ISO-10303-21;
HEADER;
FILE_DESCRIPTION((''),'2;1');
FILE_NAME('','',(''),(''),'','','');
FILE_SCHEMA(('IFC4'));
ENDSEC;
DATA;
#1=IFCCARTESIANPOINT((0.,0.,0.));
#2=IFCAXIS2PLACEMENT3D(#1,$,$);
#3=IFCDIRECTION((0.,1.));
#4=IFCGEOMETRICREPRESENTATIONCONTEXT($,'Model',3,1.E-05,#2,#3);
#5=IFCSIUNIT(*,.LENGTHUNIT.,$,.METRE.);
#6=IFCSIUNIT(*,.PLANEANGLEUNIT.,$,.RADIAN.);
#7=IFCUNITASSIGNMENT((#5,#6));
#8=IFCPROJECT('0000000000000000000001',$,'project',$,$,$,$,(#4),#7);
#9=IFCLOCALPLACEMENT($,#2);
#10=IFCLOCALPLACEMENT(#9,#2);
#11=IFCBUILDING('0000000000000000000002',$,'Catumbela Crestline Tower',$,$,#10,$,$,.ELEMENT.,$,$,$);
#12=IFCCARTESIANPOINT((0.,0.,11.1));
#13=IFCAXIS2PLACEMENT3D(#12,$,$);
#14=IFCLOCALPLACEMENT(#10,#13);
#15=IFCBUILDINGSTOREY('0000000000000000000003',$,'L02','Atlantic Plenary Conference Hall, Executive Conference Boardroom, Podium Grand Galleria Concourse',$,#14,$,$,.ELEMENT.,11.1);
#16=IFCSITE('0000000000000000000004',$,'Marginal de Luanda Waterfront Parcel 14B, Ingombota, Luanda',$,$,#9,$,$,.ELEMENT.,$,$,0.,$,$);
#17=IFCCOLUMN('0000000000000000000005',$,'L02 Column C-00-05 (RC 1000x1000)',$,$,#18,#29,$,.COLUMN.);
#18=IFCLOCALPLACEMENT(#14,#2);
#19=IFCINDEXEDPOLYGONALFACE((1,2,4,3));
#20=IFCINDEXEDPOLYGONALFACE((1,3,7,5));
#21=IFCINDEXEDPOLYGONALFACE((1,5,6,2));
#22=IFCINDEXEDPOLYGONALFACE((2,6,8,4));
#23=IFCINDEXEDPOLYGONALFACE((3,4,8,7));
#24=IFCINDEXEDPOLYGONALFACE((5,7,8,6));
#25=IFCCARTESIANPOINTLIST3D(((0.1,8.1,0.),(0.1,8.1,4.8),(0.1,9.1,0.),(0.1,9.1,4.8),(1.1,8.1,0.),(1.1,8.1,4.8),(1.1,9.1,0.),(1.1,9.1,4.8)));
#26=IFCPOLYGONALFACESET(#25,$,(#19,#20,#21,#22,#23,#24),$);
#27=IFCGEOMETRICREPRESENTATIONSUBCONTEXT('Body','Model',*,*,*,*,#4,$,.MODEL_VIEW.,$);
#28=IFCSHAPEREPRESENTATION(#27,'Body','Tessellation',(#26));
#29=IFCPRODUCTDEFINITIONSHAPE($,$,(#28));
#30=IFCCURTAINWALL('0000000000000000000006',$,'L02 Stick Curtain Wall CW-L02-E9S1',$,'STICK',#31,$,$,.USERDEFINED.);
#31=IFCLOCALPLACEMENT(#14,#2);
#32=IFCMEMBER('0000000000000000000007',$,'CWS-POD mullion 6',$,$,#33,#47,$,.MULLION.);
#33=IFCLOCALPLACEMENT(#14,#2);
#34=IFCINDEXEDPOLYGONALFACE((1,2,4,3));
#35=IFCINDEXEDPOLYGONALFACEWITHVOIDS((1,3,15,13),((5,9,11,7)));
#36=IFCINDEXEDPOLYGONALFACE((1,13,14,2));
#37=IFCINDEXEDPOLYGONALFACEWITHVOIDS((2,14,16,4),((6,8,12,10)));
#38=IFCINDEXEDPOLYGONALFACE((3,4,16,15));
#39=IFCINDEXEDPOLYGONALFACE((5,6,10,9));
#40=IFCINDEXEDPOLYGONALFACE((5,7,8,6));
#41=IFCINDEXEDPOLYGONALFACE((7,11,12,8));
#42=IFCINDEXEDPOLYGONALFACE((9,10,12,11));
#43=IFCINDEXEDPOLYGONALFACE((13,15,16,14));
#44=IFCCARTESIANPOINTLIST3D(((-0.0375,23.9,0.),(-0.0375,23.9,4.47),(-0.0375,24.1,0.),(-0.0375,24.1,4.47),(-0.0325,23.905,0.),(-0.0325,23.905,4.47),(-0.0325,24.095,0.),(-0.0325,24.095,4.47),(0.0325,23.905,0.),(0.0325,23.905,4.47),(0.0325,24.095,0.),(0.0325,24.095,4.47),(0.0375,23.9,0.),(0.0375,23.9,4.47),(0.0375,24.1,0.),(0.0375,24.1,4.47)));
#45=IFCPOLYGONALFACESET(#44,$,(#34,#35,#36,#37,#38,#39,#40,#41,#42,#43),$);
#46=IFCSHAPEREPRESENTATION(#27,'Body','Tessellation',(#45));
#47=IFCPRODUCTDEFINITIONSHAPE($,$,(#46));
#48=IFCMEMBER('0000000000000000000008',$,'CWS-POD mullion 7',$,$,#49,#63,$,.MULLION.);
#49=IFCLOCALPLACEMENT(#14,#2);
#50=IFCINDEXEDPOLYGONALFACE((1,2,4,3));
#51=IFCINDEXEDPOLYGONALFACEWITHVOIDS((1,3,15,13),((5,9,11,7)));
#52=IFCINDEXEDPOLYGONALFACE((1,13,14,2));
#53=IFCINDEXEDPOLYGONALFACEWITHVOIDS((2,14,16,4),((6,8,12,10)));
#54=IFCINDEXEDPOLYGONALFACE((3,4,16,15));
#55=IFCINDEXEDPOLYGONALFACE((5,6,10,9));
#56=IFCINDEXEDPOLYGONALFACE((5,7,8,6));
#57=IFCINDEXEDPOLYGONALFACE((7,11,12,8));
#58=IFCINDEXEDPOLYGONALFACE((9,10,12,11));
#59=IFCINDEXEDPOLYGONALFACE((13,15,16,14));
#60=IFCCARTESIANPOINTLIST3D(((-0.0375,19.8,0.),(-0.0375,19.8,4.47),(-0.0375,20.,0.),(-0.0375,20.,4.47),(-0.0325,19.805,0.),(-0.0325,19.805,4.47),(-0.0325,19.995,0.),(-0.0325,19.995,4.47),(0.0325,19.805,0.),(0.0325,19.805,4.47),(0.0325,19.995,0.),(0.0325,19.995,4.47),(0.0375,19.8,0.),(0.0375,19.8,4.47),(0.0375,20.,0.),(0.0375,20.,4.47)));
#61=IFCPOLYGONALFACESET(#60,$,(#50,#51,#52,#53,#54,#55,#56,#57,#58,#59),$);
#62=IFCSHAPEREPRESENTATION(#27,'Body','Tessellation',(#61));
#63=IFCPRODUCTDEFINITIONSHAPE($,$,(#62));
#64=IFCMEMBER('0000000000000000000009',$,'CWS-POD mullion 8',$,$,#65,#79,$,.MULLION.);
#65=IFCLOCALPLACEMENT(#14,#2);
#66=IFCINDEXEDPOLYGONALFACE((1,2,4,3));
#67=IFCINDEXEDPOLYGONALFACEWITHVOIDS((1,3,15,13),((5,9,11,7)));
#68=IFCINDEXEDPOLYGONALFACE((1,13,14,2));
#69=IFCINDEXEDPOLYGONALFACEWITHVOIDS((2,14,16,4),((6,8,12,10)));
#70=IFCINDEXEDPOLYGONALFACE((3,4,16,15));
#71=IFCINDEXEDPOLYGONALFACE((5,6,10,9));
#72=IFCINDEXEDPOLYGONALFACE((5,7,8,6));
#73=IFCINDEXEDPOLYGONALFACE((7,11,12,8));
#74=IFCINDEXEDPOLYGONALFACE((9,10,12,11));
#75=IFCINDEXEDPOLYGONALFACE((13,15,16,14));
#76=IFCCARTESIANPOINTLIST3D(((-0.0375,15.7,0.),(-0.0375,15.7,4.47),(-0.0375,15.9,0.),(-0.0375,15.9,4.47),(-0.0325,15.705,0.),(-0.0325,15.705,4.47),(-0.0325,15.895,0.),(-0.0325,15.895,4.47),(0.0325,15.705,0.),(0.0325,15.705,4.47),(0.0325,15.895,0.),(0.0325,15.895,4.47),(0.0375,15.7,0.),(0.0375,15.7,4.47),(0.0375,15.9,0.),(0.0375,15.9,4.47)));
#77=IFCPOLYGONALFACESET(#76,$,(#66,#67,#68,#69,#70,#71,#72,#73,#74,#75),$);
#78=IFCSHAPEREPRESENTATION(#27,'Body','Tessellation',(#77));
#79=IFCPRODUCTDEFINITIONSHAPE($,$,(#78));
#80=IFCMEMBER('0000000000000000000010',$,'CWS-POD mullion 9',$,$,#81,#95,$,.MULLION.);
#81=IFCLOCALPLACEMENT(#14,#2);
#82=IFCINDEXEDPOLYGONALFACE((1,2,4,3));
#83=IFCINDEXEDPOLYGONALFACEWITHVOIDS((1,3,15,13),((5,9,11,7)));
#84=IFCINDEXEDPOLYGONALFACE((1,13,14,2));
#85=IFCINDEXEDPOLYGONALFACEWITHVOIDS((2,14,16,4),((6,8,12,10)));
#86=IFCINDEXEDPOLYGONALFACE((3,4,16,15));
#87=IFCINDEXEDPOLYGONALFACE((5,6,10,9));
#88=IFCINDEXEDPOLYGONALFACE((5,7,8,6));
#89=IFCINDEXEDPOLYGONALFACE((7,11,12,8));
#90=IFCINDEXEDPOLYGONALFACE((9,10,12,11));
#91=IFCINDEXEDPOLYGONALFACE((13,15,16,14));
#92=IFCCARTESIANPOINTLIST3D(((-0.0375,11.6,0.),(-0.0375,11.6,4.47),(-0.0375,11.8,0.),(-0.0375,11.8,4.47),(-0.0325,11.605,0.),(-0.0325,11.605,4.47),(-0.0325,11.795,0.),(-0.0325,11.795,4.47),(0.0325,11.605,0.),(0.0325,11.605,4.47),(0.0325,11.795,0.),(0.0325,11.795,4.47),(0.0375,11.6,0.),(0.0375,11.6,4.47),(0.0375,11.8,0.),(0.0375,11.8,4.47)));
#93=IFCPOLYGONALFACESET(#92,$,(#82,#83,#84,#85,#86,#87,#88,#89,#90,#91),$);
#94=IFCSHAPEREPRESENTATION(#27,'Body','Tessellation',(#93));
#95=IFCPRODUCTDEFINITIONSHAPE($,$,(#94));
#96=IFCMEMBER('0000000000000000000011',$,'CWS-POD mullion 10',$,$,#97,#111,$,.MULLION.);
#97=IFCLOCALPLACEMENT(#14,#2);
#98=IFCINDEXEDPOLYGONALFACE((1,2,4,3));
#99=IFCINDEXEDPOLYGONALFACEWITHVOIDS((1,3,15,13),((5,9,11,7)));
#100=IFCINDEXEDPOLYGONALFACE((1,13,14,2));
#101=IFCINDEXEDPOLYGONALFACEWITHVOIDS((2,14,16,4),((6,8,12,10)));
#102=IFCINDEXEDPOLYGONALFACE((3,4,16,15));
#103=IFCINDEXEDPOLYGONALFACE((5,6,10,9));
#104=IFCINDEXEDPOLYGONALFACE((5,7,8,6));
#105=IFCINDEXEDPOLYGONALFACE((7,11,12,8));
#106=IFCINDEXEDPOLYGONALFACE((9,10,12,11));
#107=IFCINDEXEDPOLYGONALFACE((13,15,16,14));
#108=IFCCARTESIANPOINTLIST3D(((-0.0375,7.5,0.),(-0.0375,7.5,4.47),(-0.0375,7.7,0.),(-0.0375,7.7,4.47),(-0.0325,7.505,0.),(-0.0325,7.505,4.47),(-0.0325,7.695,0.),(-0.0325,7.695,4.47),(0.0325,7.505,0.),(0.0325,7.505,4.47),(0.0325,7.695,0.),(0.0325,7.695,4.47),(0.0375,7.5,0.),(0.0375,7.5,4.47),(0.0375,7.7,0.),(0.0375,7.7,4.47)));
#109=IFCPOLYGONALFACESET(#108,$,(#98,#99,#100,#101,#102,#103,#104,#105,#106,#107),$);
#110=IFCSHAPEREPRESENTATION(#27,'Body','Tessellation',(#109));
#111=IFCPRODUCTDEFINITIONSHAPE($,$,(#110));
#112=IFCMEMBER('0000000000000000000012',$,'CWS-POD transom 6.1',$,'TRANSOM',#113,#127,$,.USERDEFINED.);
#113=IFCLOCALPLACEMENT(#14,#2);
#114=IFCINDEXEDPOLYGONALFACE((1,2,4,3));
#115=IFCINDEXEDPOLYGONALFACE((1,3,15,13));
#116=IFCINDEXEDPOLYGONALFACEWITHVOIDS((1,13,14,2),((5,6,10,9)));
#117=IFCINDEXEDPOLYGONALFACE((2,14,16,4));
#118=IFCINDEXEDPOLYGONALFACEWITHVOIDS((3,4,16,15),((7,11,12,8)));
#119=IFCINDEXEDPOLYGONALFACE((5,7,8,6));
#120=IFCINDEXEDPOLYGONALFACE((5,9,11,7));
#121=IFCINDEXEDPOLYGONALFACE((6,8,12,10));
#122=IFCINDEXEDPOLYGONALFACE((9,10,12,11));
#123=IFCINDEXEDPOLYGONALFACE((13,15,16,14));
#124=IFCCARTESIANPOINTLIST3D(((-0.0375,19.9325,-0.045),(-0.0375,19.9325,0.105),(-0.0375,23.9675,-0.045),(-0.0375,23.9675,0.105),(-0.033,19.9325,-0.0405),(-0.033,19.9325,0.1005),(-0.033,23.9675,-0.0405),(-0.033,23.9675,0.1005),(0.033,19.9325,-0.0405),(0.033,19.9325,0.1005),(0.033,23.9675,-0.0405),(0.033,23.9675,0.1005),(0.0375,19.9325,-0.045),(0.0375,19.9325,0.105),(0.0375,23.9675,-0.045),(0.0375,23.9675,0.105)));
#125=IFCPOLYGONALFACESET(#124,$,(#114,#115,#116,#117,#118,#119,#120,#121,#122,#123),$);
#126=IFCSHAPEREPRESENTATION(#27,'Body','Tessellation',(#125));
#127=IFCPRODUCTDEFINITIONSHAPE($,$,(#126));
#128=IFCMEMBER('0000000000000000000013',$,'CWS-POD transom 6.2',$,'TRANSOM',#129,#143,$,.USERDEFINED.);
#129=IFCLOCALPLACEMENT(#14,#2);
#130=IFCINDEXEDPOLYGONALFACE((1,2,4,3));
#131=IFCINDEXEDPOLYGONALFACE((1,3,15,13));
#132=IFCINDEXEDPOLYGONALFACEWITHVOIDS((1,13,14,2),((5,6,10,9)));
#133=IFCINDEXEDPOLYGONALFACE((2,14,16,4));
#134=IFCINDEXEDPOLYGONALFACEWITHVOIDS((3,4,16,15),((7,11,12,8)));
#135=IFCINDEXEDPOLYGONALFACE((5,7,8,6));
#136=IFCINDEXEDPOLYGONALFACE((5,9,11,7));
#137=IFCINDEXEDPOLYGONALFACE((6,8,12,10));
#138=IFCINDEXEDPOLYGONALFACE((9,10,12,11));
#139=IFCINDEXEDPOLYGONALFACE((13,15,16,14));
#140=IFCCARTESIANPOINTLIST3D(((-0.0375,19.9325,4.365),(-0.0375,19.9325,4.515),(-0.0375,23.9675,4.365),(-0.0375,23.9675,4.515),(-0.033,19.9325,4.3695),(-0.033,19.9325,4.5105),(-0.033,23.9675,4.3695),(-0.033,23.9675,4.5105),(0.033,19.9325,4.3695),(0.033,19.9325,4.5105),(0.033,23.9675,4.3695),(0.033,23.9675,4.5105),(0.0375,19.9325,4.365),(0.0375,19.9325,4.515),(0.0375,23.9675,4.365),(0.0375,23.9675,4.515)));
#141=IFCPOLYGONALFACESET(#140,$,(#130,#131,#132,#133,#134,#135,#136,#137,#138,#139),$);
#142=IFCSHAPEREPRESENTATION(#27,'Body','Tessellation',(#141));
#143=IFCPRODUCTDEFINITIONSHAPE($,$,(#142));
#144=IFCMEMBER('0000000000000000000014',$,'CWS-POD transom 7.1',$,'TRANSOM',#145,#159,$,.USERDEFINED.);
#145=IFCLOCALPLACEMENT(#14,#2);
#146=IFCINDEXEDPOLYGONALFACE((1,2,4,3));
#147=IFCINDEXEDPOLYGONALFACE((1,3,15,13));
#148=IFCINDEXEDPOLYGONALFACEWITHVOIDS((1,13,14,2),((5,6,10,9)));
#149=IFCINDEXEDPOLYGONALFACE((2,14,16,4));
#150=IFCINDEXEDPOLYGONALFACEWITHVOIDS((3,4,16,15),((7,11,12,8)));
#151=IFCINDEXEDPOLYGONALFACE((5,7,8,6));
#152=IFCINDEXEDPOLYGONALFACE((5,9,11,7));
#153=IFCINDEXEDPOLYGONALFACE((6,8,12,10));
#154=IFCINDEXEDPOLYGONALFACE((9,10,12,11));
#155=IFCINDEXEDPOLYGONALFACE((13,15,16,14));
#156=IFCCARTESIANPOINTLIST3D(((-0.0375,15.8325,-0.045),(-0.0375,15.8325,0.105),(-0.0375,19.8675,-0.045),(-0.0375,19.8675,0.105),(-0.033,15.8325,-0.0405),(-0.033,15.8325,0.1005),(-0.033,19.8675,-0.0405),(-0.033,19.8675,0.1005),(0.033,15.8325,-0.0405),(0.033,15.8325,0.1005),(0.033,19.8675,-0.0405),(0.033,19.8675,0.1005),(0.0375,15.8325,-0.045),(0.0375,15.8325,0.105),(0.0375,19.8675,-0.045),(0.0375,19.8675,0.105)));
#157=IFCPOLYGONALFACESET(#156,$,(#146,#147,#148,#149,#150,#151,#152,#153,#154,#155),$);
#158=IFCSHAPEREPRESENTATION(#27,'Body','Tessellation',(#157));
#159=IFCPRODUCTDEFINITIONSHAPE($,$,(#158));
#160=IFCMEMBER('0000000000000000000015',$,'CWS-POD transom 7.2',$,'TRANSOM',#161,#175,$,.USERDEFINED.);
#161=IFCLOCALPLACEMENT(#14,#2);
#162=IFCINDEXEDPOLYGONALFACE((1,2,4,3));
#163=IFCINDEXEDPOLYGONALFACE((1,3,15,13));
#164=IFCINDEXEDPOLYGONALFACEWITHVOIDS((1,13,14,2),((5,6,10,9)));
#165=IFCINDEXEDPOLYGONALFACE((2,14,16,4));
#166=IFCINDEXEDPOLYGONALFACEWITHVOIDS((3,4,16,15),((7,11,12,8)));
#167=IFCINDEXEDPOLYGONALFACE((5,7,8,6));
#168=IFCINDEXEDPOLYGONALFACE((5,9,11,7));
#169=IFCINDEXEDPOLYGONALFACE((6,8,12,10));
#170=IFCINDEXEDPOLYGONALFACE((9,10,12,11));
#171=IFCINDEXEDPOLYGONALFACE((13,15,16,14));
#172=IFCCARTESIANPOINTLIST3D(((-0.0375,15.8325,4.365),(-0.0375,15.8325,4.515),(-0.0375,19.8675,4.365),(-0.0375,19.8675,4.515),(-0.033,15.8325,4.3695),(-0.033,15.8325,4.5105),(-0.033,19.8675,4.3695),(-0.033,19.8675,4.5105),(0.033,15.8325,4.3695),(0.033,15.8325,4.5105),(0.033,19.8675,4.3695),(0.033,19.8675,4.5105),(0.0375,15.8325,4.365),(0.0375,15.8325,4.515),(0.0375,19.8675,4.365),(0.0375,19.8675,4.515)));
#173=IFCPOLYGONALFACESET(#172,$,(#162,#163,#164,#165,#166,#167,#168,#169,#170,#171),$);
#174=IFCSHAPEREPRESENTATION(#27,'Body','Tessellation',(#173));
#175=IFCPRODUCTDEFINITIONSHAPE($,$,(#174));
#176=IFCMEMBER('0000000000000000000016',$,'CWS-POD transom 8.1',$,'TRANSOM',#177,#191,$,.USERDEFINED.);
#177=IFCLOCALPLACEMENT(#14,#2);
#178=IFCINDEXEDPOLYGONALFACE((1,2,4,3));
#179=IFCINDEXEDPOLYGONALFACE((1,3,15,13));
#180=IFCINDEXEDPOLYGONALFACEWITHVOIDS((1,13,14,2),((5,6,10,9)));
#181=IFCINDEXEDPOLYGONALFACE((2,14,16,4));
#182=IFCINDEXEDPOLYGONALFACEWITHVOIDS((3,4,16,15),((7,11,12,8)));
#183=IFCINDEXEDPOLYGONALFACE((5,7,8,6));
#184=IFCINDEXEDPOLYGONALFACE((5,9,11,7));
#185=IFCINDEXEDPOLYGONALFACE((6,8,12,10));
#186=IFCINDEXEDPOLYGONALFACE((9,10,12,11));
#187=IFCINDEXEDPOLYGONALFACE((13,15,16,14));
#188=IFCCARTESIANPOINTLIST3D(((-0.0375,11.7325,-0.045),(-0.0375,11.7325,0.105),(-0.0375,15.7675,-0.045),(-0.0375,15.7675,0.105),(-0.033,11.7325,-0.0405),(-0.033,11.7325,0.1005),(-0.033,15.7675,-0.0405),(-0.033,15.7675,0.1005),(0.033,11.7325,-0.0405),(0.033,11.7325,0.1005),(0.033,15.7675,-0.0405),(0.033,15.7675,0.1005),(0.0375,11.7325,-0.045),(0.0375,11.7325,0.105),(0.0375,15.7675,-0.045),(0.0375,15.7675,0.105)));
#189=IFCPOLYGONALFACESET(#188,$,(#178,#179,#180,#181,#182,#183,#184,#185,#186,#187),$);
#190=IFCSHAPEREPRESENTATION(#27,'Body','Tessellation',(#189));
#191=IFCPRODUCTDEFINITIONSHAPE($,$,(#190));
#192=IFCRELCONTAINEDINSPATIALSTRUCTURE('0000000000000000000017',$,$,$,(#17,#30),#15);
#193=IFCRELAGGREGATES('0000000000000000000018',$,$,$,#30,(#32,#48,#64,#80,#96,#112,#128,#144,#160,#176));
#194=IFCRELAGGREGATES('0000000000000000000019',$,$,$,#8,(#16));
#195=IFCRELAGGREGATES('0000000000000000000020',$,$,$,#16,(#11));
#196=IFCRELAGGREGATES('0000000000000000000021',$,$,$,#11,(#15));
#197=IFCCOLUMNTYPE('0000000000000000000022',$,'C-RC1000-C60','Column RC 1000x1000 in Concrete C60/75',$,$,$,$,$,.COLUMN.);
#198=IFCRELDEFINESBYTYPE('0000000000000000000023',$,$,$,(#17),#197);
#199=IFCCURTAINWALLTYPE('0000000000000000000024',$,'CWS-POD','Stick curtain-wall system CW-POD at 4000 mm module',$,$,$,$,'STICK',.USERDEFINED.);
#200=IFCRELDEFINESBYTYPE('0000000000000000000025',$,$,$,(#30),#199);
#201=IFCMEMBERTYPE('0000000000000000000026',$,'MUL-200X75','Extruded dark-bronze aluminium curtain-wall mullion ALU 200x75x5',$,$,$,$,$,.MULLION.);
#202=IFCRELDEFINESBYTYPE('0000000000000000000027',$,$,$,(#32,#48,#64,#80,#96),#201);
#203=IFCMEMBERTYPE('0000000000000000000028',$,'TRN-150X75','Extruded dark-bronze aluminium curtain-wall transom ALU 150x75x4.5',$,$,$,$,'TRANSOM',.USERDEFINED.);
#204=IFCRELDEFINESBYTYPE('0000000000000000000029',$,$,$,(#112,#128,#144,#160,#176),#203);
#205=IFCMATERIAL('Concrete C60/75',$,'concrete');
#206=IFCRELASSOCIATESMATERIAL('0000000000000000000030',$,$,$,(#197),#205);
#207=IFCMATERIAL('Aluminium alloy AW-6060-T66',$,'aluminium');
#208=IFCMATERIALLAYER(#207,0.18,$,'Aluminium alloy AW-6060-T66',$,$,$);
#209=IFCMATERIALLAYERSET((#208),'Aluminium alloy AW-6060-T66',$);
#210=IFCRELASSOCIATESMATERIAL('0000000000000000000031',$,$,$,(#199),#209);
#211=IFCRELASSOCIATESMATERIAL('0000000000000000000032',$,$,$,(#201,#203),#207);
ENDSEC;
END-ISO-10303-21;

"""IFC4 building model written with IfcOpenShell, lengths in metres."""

from ifc_helpers import new_model, si_unit, direction, frame, origin, origin_2d, place, context, subcontext, project, spatial, rectangle, hollow_rectangle, extrude, material, layer, layer_set, material_profile, profile_set, type_object, element, aggregate, save


model = new_model("IFC4")

# Units and contexts
model_context = context("Model", 3, precision=1e-05, world=origin(), true_north=direction((0.0, 1.0)))
body_context = subcontext(model_context, "Body", "Model", "MODEL_VIEW")
ifc_project = project(units=[si_unit("LENGTHUNIT", "METRE"), si_unit("PLANEANGLEUNIT", "RADIAN")], contexts=[model_context])

# Site, building, storey
site_placement = place(None, origin())
site = spatial("IfcSite", under=ifc_project, at=site_placement, Name="Marginal de Luanda Waterfront Parcel 14B, Ingombota, Luanda", CompositionType="ELEMENT", RefElevation=0.0)
building_placement = place(site_placement, origin())
building = spatial("IfcBuilding", under=site, at=building_placement, Name="Catumbela Crestline Tower", CompositionType="ELEMENT")
storey_placement = place(building_placement, frame((0.0, 0.0, 11.1)))
storey = spatial("IfcBuildingStorey", under=building, at=storey_placement, Name="L02", Description="Atlantic Plenary Conference Hall, Executive Conference Boardroom, Podium Grand Galleria Concourse", CompositionType="ELEMENT", Elevation=11.1)

# Column
ifc_material_1 = material(Name="Concrete C60/75", Category="concrete")
ifc_material_profile_1 = material_profile(ifc_material_1, rectangle(XDim=1.0, YDim=1.0, at=origin_2d()), Name="RC 1000x1000")
ifc_profile_set_1 = profile_set([ifc_material_profile_1], Name="Concrete C60/75")
column_type = type_object("IfcColumnType", Name="C-RC1000-C60", Description="Column RC 1000x1000 in Concrete C60/75", PredefinedType="COLUMN", material=ifc_profile_set_1)
column_placement = place(storey_placement, frame((0.6, 8.6, 0.0), z_axis=(0.0, 0.0, 1.0), x_axis=(1.0, 0.0, 0.0)))
element("IfcColumn", 1, at=column_placement, inside=storey, type_object=column_type, Name="L02 Column C-00-05 (RC 1000x1000)", PredefinedType="COLUMN", context=body_context, shape_type="SweptSolid", body=[
    extrude(rectangle(XDim=1.0, YDim=1.0, at=origin_2d()), origin(), (0.0, 0.0, 1.0), 4.8),
])

# Curtain wall, members
ifc_material_2 = material(Name="Aluminium alloy AW-6060-T66", Category="aluminium")
ifc_layer_1 = layer(ifc_material_2, 0.18, Name="Aluminium alloy AW-6060-T66")
ifc_layer_set_1 = layer_set([ifc_layer_1], Name="Aluminium alloy AW-6060-T66")
curtain_wall_type = type_object("IfcCurtainWallType", Name="CWS-POD", Description="Stick curtain-wall system CW-POD at 4000 mm module", ElementType="STICK", PredefinedType="USERDEFINED", material=ifc_layer_set_1)
curtain_wall_placement = place(storey_placement, origin())
curtain_wall = element("IfcCurtainWall", 2, at=curtain_wall_placement, inside=storey, type_object=curtain_wall_type, Name="L02 Stick Curtain Wall CW-L02-E9S1", ObjectType="STICK", PredefinedType="USERDEFINED")
ifc_material_profile_2 = material_profile(ifc_material_2, hollow_rectangle(XDim=0.075, YDim=0.2, WallThickness=0.005, at=origin_2d()), Name="ALU 200x75x5")
ifc_profile_set_2 = profile_set([ifc_material_profile_2], Name="Aluminium alloy AW-6060-T66")
member_type_1 = type_object("IfcMemberType", Name="MUL-200X75", Description="Extruded dark-bronze aluminium curtain-wall mullion ALU 200x75x5", PredefinedType="MULLION", material=ifc_profile_set_2)
member_1_placement = place(storey_placement, frame((0.0, 24.0, 0.0), z_axis=(0.0, 0.0, 1.0), x_axis=(1.0, 0.0, 0.0)))
member_1 = element("IfcMember", 3, at=member_1_placement, type_object=member_type_1, Name="CWS-POD mullion 6", PredefinedType="MULLION", context=body_context, shape_type="SweptSolid", body=[
    extrude(hollow_rectangle(XDim=0.075, YDim=0.2, WallThickness=0.005, at=origin_2d()), origin(), (0.0, 0.0, 1.0), 4.47),
])
member_2_placement = place(storey_placement, frame((0.0, 19.9, 0.0), z_axis=(0.0, 0.0, 1.0), x_axis=(1.0, 0.0, 0.0)))
member_2 = element("IfcMember", 4, at=member_2_placement, type_object=member_type_1, Name="CWS-POD mullion 7", PredefinedType="MULLION", context=body_context, shape_type="SweptSolid", body=[
    extrude(hollow_rectangle(XDim=0.075, YDim=0.2, WallThickness=0.005, at=origin_2d()), origin(), (0.0, 0.0, 1.0), 4.47),
])
member_3_placement = place(storey_placement, frame((0.0, 15.8, 0.0), z_axis=(0.0, 0.0, 1.0), x_axis=(1.0, 0.0, 0.0)))
member_3 = element("IfcMember", 5, at=member_3_placement, type_object=member_type_1, Name="CWS-POD mullion 8", PredefinedType="MULLION", context=body_context, shape_type="SweptSolid", body=[
    extrude(hollow_rectangle(XDim=0.075, YDim=0.2, WallThickness=0.005, at=origin_2d()), origin(), (0.0, 0.0, 1.0), 4.47),
])
member_4_placement = place(storey_placement, frame((0.0, 11.7, 0.0), z_axis=(0.0, 0.0, 1.0), x_axis=(1.0, 0.0, 0.0)))
member_4 = element("IfcMember", 6, at=member_4_placement, type_object=member_type_1, Name="CWS-POD mullion 9", PredefinedType="MULLION", context=body_context, shape_type="SweptSolid", body=[
    extrude(hollow_rectangle(XDim=0.075, YDim=0.2, WallThickness=0.005, at=origin_2d()), origin(), (0.0, 0.0, 1.0), 4.47),
])
member_5_placement = place(storey_placement, frame((0.0, 7.6, 0.0), z_axis=(0.0, 0.0, 1.0), x_axis=(1.0, 0.0, 0.0)))
member_5 = element("IfcMember", 7, at=member_5_placement, type_object=member_type_1, Name="CWS-POD mullion 10", PredefinedType="MULLION", context=body_context, shape_type="SweptSolid", body=[
    extrude(hollow_rectangle(XDim=0.075, YDim=0.2, WallThickness=0.005, at=origin_2d()), origin(), (0.0, 0.0, 1.0), 4.47),
])
ifc_material_profile_3 = material_profile(ifc_material_2, hollow_rectangle(XDim=0.075, YDim=0.15, WallThickness=0.0045, at=origin_2d()), Name="ALU 150x75x4.5")
ifc_profile_set_3 = profile_set([ifc_material_profile_3], Name="Aluminium alloy AW-6060-T66")
member_type_2 = type_object("IfcMemberType", Name="TRN-150X75", Description="Extruded dark-bronze aluminium curtain-wall transom ALU 150x75x4.5", ElementType="TRANSOM", PredefinedType="USERDEFINED", material=ifc_profile_set_3)
member_6_placement = place(storey_placement, frame((0.0, 23.9675, 0.03), z_axis=(0.0, -1.0, 0.0), x_axis=(1.0, 0.0, 0.0)))
member_6 = element("IfcMember", 8, at=member_6_placement, type_object=member_type_2, Name="CWS-POD transom 6.1", ObjectType="TRANSOM", PredefinedType="USERDEFINED", context=body_context, shape_type="SweptSolid", body=[
    extrude(hollow_rectangle(XDim=0.075, YDim=0.15, WallThickness=0.0045, at=origin_2d()), origin(), (0.0, 0.0, 1.0), 4.035),
])
member_7_placement = place(storey_placement, frame((0.0, 23.9675, 4.44), z_axis=(0.0, -1.0, 0.0), x_axis=(1.0, 0.0, 0.0)))
member_7 = element("IfcMember", 9, at=member_7_placement, type_object=member_type_2, Name="CWS-POD transom 6.2", ObjectType="TRANSOM", PredefinedType="USERDEFINED", context=body_context, shape_type="SweptSolid", body=[
    extrude(hollow_rectangle(XDim=0.075, YDim=0.15, WallThickness=0.0045, at=origin_2d()), origin(), (0.0, 0.0, 1.0), 4.035),
])
member_8_placement = place(storey_placement, frame((0.0, 19.8675, 0.03), z_axis=(0.0, -1.0, 0.0), x_axis=(1.0, 0.0, 0.0)))
member_8 = element("IfcMember", 10, at=member_8_placement, type_object=member_type_2, Name="CWS-POD transom 7.1", ObjectType="TRANSOM", PredefinedType="USERDEFINED", context=body_context, shape_type="SweptSolid", body=[
    extrude(hollow_rectangle(XDim=0.075, YDim=0.15, WallThickness=0.0045, at=origin_2d()), origin(), (0.0, 0.0, 1.0), 4.035),
])
member_9_placement = place(storey_placement, frame((0.0, 19.8675, 4.44), z_axis=(0.0, -1.0, 0.0), x_axis=(1.0, 0.0, 0.0)))
member_9 = element("IfcMember", 11, at=member_9_placement, type_object=member_type_2, Name="CWS-POD transom 7.2", ObjectType="TRANSOM", PredefinedType="USERDEFINED", context=body_context, shape_type="SweptSolid", body=[
    extrude(hollow_rectangle(XDim=0.075, YDim=0.15, WallThickness=0.0045, at=origin_2d()), origin(), (0.0, 0.0, 1.0), 4.035),
])
member_10_placement = place(storey_placement, frame((0.0, 15.7675, 0.03), z_axis=(0.0, -1.0, 0.0), x_axis=(1.0, 0.0, 0.0)))
member_10 = element("IfcMember", 12, at=member_10_placement, type_object=member_type_2, Name="CWS-POD transom 8.1", ObjectType="TRANSOM", PredefinedType="USERDEFINED", context=body_context, shape_type="SweptSolid", body=[
    extrude(hollow_rectangle(XDim=0.075, YDim=0.15, WallThickness=0.0045, at=origin_2d()), origin(), (0.0, 0.0, 1.0), 4.035),
])
aggregate(curtain_wall, [member_1, member_2, member_3, member_4, member_5, member_6, member_7, member_8, member_9, member_10])

save(model, "model.ifc")
